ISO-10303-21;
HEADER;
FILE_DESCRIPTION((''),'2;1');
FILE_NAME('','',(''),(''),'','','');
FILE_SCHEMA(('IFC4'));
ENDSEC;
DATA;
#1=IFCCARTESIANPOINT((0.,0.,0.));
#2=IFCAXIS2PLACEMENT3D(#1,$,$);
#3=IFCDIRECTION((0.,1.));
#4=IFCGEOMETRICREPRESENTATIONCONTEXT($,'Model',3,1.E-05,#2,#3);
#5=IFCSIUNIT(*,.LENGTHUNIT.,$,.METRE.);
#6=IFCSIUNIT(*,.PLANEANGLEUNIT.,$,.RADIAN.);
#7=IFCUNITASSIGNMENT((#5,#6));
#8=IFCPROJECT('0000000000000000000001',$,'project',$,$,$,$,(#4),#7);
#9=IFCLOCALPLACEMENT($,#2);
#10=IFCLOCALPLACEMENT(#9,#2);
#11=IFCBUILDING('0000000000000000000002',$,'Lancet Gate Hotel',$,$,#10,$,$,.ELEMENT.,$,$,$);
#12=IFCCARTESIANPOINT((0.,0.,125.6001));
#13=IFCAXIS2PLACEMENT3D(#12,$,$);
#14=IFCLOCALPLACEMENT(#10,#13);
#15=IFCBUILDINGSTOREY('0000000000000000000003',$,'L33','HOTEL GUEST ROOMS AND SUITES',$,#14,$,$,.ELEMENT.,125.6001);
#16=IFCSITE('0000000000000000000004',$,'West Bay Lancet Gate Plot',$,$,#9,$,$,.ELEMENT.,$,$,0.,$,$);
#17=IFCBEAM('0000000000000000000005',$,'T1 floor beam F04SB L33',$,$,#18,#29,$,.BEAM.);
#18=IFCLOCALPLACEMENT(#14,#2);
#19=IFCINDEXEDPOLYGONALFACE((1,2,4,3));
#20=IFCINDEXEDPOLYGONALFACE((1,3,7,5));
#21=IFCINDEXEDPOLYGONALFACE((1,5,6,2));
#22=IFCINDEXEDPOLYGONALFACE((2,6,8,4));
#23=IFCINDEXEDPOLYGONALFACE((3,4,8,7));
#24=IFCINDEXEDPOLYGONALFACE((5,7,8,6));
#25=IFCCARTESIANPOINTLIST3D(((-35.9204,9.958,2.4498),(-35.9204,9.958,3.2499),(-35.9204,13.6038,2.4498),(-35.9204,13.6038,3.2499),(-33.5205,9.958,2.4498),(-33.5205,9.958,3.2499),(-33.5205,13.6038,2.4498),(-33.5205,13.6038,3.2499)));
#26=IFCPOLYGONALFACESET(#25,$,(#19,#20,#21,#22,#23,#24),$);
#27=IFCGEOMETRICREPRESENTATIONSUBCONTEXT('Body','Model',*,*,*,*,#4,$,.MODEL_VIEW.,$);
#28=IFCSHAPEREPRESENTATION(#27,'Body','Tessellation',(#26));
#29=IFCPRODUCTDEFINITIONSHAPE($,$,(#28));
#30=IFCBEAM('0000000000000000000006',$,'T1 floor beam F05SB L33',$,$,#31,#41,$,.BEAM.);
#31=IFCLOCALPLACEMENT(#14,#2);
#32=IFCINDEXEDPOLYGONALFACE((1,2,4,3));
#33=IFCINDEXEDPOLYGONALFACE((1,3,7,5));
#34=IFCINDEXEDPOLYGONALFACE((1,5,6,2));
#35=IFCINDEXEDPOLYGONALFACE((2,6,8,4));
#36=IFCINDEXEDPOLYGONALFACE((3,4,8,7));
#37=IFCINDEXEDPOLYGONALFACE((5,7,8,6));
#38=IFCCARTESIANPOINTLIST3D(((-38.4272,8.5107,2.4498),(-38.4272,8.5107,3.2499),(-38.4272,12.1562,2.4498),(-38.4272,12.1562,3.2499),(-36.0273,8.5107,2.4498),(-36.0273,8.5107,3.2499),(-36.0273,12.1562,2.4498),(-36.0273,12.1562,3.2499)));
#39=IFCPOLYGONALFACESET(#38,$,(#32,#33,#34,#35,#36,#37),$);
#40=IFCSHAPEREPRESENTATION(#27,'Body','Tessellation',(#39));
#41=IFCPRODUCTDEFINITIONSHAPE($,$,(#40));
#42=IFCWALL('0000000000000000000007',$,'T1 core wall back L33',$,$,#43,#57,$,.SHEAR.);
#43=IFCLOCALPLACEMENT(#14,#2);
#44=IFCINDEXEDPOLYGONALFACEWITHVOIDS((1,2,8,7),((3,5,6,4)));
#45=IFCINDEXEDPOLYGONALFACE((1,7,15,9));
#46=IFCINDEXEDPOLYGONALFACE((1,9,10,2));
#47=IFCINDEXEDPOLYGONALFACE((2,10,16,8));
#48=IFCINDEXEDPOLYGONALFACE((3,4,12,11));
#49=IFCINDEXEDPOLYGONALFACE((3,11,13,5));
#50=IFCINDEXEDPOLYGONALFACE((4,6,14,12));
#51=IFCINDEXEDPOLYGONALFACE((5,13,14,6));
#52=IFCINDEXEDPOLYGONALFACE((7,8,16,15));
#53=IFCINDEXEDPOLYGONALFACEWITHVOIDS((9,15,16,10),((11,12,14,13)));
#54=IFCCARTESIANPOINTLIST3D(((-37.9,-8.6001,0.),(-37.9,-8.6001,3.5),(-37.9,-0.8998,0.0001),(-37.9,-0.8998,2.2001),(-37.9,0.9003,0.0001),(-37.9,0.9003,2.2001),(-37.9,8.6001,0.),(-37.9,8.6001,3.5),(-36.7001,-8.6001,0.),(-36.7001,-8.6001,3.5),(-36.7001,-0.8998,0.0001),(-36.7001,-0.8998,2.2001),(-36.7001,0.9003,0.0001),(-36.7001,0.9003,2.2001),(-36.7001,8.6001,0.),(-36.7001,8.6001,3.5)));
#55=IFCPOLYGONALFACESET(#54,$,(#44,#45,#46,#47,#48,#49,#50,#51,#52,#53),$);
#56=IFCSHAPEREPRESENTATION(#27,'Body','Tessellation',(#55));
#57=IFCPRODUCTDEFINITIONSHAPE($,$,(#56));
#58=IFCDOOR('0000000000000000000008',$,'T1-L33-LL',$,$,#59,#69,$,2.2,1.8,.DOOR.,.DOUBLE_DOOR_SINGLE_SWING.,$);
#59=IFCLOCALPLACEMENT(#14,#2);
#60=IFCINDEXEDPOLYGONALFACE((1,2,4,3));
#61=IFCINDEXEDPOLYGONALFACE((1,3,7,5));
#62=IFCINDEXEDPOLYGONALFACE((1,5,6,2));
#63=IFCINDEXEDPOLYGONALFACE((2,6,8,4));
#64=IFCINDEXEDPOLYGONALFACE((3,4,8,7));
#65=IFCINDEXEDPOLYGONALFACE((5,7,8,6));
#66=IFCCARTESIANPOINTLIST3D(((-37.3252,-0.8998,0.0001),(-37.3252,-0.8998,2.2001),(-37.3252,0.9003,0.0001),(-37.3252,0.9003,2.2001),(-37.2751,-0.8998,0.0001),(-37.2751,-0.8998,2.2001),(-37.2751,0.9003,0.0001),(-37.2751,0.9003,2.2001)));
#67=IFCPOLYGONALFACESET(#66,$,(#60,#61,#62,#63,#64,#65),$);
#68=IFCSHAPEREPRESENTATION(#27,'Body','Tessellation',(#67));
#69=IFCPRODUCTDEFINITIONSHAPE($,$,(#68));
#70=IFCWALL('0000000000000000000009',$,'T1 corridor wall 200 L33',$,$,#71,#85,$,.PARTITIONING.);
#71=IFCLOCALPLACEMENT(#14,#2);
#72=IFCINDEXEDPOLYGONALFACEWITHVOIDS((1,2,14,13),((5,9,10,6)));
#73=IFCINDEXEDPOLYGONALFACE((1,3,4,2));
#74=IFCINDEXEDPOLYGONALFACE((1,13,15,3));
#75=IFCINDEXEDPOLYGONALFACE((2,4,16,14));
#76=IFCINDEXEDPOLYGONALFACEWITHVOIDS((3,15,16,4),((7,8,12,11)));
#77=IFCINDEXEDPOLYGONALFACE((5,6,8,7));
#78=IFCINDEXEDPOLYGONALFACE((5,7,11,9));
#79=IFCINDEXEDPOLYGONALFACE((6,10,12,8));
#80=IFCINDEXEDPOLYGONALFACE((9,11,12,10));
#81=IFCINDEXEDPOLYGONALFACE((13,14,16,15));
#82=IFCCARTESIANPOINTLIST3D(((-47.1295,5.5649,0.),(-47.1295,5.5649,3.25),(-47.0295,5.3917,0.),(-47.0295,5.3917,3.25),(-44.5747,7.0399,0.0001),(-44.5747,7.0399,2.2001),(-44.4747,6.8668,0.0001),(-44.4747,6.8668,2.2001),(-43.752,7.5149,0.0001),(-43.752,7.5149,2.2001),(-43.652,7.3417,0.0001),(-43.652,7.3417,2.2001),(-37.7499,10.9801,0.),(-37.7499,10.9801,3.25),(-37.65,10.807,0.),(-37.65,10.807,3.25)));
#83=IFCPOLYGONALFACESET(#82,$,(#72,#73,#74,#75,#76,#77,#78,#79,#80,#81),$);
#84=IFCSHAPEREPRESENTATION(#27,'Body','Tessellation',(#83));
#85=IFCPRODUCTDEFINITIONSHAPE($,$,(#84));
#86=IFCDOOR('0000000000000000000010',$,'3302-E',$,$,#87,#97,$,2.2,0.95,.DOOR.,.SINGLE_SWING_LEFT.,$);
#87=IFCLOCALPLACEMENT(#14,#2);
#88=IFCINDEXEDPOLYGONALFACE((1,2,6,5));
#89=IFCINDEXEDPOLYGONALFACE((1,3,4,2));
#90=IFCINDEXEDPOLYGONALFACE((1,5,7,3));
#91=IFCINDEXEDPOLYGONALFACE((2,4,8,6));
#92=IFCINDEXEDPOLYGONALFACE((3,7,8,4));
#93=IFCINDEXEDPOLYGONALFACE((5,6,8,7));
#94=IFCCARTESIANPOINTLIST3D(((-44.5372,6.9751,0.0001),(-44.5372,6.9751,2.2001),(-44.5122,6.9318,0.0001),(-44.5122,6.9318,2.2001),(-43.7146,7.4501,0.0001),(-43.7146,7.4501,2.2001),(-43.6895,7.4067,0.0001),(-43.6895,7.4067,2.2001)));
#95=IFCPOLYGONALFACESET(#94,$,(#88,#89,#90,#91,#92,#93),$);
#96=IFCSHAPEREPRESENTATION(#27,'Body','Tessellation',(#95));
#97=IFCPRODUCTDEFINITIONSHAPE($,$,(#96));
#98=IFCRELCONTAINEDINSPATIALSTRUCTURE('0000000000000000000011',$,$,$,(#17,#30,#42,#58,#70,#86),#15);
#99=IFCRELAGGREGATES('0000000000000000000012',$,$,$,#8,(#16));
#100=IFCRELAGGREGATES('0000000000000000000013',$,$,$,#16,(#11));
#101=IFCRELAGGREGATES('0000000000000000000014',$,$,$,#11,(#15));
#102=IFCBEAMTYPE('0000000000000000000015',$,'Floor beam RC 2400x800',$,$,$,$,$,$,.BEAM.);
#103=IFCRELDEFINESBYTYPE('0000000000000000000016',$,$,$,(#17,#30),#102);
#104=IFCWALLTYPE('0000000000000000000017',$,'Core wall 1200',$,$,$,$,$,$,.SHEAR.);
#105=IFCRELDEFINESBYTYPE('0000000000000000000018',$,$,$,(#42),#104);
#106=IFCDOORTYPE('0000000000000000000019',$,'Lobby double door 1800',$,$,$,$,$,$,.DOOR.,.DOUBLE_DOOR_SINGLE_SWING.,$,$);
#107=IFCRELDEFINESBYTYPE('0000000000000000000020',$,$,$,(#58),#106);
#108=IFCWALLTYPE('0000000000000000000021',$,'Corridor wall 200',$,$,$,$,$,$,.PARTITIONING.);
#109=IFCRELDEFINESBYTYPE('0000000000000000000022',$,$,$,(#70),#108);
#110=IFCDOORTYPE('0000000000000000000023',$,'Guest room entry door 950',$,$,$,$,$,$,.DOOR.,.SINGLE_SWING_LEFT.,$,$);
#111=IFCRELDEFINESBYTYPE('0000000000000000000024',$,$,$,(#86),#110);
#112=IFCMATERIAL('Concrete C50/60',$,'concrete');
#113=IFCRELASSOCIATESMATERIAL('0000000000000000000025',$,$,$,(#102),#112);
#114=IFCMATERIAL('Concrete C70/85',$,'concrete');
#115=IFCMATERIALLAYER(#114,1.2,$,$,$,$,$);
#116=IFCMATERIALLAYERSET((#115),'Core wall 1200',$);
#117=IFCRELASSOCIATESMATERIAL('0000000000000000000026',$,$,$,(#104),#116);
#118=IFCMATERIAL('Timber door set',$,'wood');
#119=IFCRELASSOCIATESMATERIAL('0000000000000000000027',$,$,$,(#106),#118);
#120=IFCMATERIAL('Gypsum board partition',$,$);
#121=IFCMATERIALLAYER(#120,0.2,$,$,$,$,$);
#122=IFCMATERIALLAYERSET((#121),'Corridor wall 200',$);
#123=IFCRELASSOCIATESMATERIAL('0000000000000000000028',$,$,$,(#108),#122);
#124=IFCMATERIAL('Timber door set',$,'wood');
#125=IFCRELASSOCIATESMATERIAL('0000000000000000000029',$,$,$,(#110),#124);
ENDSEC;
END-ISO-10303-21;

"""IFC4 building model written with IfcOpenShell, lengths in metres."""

from ifc_helpers import new_model, si_unit, direction, frame, frame_2d, origin, origin_2d, place, context, subcontext, project, spatial, rectangle, extrude, material, layer, layer_set, material_profile, profile_set, type_object, element, fill, save


model = new_model("IFC4")

# Units and contexts
model_context = context("Model", 3, precision=1e-05, world=origin(), true_north=direction((0.0, 1.0)))
body_context = subcontext(model_context, "Body", "Model", "MODEL_VIEW")
ifc_project = project(units=[si_unit("LENGTHUNIT", "METRE"), si_unit("PLANEANGLEUNIT", "RADIAN")], contexts=[model_context])

# Site, building, storey
site_placement = place(None, origin())
site = spatial("IfcSite", under=ifc_project, at=site_placement, Name="West Bay Lancet Gate Plot", CompositionType="ELEMENT", RefElevation=0.0)
building_placement = place(site_placement, origin())
building = spatial("IfcBuilding", under=site, at=building_placement, Name="Lancet Gate Hotel", CompositionType="ELEMENT")
storey_placement = place(building_placement, frame((0.0, 0.0, 125.6001)))
storey = spatial("IfcBuildingStorey", under=building, at=storey_placement, Name="L33", Description="HOTEL GUEST ROOMS AND SUITES", CompositionType="ELEMENT", Elevation=125.6001)

# Beams
ifc_material_1 = material(Name="Concrete C50/60", Category="concrete")
ifc_material_profile = material_profile(ifc_material_1, rectangle(XDim=2.3999, YDim=0.8, at=origin_2d()), Name="RC 2400x800")
ifc_profile_set = profile_set([ifc_material_profile], Name="Concrete C50/60")
beam_type = type_object("IfcBeamType", Name="Floor beam RC 2400x800", PredefinedType="BEAM", material=ifc_profile_set)
beam_1_placement = place(storey_placement, frame((-34.7205, 13.6038, 2.8499), z_axis=(0.0, -1.0, 0.0), x_axis=(1.0, 0.0, 0.0)))
element("IfcBeam", 1, at=beam_1_placement, inside=storey, type_object=beam_type, Name="T1 floor beam F04SB L33", PredefinedType="BEAM", context=body_context, shape_type="SweptSolid", body=[
    extrude(rectangle(XDim=2.3999, YDim=0.8, at=origin_2d()), origin(), (0.0, 0.0, 1.0), 3.6458),
])
beam_2_placement = place(storey_placement, frame((-37.2273, 12.1562, 2.8499), z_axis=(0.0, -1.0, 0.0), x_axis=(1.0, 0.0, 0.0)))
element("IfcBeam", 2, at=beam_2_placement, inside=storey, type_object=beam_type, Name="T1 floor beam F05SB L33", PredefinedType="BEAM", context=body_context, shape_type="SweptSolid", body=[
    extrude(rectangle(XDim=2.3999, YDim=0.8, at=origin_2d()), origin(), (0.0, 0.0, 1.0), 3.6455),
])

# Walls, openings, doors
ifc_material_2 = material(Name="Concrete C70/85", Category="concrete")
ifc_layer_1 = layer(ifc_material_2, 1.2)
ifc_layer_set_1 = layer_set([ifc_layer_1], Name="Core wall 1200")
wall_type_1 = type_object("IfcWallType", Name="Core wall 1200", PredefinedType="SHEAR", material=ifc_layer_set_1)
wall_1_placement = place(storey_placement, frame((-37.3, 8.6001, 0.0), z_axis=(0.0, 0.0, 1.0), x_axis=(0.0, -1.0, 0.0)))
wall_1 = element("IfcWall", 3, at=wall_1_placement, inside=storey, type_object=wall_type_1, Name="T1 core wall back L33", PredefinedType="SHEAR", context=body_context, shape_type="SweptSolid", body=[
    extrude(rectangle(XDim=17.2002, YDim=1.2, at=frame_2d((8.6001, 0.0))), origin(), (0.0, 0.0, 1.0), 3.5),
])
opening_1_placement = place(wall_1_placement, frame((7.7, 0.0, 0.0)))
opening_1 = element("IfcOpeningElement", 4, at=opening_1_placement, cuts=wall_1, PredefinedType="OPENING", context=body_context, shape_type="SweptSolid", body=[
    extrude(rectangle(XDim=1.8, YDim=2.2, at=frame_2d((0.8999, 1.1001))), frame((0.0, 0.6099, 0.0), z_axis=(0.0, -1.0, 0.0), x_axis=(1.0, 0.0, 0.0)), (0.0, 0.0, 1.0), 1.22),
])
ifc_material_3 = material(Name="Timber door set", Category="wood")
door_type_1 = type_object("IfcDoorType", Name="Lobby double door 1800", OperationType="DOUBLE_DOOR_SINGLE_SWING", PredefinedType="DOOR", material=ifc_material_3)
door_1_placement = place(opening_1_placement, origin())
door_1 = element("IfcDoor", 5, at=door_1_placement, inside=storey, type_object=door_type_1, Name="T1-L33-LL", OperationType="DOUBLE_DOOR_SINGLE_SWING", OverallHeight=2.2, OverallWidth=1.8, PredefinedType="DOOR", context=body_context, shape_type="SweptSolid", body=[
    extrude(rectangle(XDim=1.8, YDim=2.2, at=frame_2d((0.8999, 1.1001))), frame((0.0, 0.0249, 0.0), z_axis=(0.0, -1.0, 0.0), x_axis=(1.0, 0.0, 0.0)), (0.0, 0.0, 1.0), 0.05),
])
fill(opening_1, door_1)
ifc_material_4 = material(Name="Gypsum board partition")
ifc_layer_2 = layer(ifc_material_4, 0.2)
ifc_layer_set_2 = layer_set([ifc_layer_2], Name="Corridor wall 200")
wall_type_2 = type_object("IfcWallType", Name="Corridor wall 200", PredefinedType="PARTITIONING", material=ifc_layer_set_2)
wall_2_placement = place(storey_placement, frame((-37.7, 10.8936, 0.0), z_axis=(0.0, 0.0, 1.0), x_axis=(-0.866028, -0.499996, 0.0)))
wall_2 = element("IfcWall", 6, at=wall_2_placement, inside=storey, type_object=wall_type_2, Name="T1 corridor wall 200 L33", PredefinedType="PARTITIONING", context=body_context, shape_type="SweptSolid", body=[
    extrude(rectangle(XDim=10.8306, YDim=0.2, at=frame_2d((5.4153, 0.0))), origin(), (0.0, 0.0, 1.0), 3.25),
])
opening_2_placement = place(wall_2_placement, frame((6.9304, 0.0, 0.0)))
opening_2 = element("IfcOpeningElement", 7, at=opening_2_placement, cuts=wall_2, PredefinedType="OPENING", context=body_context, shape_type="SweptSolid", body=[
    extrude(rectangle(XDim=0.95, YDim=2.2, at=frame_2d((0.4751, 1.1001))), frame((0.0, 0.1099, 0.0), z_axis=(0.0, -1.0, 0.0), x_axis=(1.0, 0.0, 0.0)), (0.0, 0.0, 1.0), 0.22),
])
ifc_material_5 = material(Name="Timber door set", Category="wood")
door_type_2 = type_object("IfcDoorType", Name="Guest room entry door 950", OperationType="SINGLE_SWING_LEFT", PredefinedType="DOOR", material=ifc_material_5)
door_2_placement = place(opening_2_placement, origin())
door_2 = element("IfcDoor", 8, at=door_2_placement, inside=storey, type_object=door_type_2, Name="3302-E", OperationType="SINGLE_SWING_LEFT", OverallHeight=2.2, OverallWidth=0.95, PredefinedType="DOOR", context=body_context, shape_type="SweptSolid", body=[
    extrude(rectangle(XDim=0.95, YDim=2.2, at=frame_2d((0.4751, 1.1001))), frame((0.0, 0.0249, 0.0), z_axis=(0.0, -1.0, 0.0), x_axis=(1.0, 0.0, 0.0)), (0.0, 0.0, 1.0), 0.05),
])
fill(opening_2, door_2)

save(model, "model.ifc")
